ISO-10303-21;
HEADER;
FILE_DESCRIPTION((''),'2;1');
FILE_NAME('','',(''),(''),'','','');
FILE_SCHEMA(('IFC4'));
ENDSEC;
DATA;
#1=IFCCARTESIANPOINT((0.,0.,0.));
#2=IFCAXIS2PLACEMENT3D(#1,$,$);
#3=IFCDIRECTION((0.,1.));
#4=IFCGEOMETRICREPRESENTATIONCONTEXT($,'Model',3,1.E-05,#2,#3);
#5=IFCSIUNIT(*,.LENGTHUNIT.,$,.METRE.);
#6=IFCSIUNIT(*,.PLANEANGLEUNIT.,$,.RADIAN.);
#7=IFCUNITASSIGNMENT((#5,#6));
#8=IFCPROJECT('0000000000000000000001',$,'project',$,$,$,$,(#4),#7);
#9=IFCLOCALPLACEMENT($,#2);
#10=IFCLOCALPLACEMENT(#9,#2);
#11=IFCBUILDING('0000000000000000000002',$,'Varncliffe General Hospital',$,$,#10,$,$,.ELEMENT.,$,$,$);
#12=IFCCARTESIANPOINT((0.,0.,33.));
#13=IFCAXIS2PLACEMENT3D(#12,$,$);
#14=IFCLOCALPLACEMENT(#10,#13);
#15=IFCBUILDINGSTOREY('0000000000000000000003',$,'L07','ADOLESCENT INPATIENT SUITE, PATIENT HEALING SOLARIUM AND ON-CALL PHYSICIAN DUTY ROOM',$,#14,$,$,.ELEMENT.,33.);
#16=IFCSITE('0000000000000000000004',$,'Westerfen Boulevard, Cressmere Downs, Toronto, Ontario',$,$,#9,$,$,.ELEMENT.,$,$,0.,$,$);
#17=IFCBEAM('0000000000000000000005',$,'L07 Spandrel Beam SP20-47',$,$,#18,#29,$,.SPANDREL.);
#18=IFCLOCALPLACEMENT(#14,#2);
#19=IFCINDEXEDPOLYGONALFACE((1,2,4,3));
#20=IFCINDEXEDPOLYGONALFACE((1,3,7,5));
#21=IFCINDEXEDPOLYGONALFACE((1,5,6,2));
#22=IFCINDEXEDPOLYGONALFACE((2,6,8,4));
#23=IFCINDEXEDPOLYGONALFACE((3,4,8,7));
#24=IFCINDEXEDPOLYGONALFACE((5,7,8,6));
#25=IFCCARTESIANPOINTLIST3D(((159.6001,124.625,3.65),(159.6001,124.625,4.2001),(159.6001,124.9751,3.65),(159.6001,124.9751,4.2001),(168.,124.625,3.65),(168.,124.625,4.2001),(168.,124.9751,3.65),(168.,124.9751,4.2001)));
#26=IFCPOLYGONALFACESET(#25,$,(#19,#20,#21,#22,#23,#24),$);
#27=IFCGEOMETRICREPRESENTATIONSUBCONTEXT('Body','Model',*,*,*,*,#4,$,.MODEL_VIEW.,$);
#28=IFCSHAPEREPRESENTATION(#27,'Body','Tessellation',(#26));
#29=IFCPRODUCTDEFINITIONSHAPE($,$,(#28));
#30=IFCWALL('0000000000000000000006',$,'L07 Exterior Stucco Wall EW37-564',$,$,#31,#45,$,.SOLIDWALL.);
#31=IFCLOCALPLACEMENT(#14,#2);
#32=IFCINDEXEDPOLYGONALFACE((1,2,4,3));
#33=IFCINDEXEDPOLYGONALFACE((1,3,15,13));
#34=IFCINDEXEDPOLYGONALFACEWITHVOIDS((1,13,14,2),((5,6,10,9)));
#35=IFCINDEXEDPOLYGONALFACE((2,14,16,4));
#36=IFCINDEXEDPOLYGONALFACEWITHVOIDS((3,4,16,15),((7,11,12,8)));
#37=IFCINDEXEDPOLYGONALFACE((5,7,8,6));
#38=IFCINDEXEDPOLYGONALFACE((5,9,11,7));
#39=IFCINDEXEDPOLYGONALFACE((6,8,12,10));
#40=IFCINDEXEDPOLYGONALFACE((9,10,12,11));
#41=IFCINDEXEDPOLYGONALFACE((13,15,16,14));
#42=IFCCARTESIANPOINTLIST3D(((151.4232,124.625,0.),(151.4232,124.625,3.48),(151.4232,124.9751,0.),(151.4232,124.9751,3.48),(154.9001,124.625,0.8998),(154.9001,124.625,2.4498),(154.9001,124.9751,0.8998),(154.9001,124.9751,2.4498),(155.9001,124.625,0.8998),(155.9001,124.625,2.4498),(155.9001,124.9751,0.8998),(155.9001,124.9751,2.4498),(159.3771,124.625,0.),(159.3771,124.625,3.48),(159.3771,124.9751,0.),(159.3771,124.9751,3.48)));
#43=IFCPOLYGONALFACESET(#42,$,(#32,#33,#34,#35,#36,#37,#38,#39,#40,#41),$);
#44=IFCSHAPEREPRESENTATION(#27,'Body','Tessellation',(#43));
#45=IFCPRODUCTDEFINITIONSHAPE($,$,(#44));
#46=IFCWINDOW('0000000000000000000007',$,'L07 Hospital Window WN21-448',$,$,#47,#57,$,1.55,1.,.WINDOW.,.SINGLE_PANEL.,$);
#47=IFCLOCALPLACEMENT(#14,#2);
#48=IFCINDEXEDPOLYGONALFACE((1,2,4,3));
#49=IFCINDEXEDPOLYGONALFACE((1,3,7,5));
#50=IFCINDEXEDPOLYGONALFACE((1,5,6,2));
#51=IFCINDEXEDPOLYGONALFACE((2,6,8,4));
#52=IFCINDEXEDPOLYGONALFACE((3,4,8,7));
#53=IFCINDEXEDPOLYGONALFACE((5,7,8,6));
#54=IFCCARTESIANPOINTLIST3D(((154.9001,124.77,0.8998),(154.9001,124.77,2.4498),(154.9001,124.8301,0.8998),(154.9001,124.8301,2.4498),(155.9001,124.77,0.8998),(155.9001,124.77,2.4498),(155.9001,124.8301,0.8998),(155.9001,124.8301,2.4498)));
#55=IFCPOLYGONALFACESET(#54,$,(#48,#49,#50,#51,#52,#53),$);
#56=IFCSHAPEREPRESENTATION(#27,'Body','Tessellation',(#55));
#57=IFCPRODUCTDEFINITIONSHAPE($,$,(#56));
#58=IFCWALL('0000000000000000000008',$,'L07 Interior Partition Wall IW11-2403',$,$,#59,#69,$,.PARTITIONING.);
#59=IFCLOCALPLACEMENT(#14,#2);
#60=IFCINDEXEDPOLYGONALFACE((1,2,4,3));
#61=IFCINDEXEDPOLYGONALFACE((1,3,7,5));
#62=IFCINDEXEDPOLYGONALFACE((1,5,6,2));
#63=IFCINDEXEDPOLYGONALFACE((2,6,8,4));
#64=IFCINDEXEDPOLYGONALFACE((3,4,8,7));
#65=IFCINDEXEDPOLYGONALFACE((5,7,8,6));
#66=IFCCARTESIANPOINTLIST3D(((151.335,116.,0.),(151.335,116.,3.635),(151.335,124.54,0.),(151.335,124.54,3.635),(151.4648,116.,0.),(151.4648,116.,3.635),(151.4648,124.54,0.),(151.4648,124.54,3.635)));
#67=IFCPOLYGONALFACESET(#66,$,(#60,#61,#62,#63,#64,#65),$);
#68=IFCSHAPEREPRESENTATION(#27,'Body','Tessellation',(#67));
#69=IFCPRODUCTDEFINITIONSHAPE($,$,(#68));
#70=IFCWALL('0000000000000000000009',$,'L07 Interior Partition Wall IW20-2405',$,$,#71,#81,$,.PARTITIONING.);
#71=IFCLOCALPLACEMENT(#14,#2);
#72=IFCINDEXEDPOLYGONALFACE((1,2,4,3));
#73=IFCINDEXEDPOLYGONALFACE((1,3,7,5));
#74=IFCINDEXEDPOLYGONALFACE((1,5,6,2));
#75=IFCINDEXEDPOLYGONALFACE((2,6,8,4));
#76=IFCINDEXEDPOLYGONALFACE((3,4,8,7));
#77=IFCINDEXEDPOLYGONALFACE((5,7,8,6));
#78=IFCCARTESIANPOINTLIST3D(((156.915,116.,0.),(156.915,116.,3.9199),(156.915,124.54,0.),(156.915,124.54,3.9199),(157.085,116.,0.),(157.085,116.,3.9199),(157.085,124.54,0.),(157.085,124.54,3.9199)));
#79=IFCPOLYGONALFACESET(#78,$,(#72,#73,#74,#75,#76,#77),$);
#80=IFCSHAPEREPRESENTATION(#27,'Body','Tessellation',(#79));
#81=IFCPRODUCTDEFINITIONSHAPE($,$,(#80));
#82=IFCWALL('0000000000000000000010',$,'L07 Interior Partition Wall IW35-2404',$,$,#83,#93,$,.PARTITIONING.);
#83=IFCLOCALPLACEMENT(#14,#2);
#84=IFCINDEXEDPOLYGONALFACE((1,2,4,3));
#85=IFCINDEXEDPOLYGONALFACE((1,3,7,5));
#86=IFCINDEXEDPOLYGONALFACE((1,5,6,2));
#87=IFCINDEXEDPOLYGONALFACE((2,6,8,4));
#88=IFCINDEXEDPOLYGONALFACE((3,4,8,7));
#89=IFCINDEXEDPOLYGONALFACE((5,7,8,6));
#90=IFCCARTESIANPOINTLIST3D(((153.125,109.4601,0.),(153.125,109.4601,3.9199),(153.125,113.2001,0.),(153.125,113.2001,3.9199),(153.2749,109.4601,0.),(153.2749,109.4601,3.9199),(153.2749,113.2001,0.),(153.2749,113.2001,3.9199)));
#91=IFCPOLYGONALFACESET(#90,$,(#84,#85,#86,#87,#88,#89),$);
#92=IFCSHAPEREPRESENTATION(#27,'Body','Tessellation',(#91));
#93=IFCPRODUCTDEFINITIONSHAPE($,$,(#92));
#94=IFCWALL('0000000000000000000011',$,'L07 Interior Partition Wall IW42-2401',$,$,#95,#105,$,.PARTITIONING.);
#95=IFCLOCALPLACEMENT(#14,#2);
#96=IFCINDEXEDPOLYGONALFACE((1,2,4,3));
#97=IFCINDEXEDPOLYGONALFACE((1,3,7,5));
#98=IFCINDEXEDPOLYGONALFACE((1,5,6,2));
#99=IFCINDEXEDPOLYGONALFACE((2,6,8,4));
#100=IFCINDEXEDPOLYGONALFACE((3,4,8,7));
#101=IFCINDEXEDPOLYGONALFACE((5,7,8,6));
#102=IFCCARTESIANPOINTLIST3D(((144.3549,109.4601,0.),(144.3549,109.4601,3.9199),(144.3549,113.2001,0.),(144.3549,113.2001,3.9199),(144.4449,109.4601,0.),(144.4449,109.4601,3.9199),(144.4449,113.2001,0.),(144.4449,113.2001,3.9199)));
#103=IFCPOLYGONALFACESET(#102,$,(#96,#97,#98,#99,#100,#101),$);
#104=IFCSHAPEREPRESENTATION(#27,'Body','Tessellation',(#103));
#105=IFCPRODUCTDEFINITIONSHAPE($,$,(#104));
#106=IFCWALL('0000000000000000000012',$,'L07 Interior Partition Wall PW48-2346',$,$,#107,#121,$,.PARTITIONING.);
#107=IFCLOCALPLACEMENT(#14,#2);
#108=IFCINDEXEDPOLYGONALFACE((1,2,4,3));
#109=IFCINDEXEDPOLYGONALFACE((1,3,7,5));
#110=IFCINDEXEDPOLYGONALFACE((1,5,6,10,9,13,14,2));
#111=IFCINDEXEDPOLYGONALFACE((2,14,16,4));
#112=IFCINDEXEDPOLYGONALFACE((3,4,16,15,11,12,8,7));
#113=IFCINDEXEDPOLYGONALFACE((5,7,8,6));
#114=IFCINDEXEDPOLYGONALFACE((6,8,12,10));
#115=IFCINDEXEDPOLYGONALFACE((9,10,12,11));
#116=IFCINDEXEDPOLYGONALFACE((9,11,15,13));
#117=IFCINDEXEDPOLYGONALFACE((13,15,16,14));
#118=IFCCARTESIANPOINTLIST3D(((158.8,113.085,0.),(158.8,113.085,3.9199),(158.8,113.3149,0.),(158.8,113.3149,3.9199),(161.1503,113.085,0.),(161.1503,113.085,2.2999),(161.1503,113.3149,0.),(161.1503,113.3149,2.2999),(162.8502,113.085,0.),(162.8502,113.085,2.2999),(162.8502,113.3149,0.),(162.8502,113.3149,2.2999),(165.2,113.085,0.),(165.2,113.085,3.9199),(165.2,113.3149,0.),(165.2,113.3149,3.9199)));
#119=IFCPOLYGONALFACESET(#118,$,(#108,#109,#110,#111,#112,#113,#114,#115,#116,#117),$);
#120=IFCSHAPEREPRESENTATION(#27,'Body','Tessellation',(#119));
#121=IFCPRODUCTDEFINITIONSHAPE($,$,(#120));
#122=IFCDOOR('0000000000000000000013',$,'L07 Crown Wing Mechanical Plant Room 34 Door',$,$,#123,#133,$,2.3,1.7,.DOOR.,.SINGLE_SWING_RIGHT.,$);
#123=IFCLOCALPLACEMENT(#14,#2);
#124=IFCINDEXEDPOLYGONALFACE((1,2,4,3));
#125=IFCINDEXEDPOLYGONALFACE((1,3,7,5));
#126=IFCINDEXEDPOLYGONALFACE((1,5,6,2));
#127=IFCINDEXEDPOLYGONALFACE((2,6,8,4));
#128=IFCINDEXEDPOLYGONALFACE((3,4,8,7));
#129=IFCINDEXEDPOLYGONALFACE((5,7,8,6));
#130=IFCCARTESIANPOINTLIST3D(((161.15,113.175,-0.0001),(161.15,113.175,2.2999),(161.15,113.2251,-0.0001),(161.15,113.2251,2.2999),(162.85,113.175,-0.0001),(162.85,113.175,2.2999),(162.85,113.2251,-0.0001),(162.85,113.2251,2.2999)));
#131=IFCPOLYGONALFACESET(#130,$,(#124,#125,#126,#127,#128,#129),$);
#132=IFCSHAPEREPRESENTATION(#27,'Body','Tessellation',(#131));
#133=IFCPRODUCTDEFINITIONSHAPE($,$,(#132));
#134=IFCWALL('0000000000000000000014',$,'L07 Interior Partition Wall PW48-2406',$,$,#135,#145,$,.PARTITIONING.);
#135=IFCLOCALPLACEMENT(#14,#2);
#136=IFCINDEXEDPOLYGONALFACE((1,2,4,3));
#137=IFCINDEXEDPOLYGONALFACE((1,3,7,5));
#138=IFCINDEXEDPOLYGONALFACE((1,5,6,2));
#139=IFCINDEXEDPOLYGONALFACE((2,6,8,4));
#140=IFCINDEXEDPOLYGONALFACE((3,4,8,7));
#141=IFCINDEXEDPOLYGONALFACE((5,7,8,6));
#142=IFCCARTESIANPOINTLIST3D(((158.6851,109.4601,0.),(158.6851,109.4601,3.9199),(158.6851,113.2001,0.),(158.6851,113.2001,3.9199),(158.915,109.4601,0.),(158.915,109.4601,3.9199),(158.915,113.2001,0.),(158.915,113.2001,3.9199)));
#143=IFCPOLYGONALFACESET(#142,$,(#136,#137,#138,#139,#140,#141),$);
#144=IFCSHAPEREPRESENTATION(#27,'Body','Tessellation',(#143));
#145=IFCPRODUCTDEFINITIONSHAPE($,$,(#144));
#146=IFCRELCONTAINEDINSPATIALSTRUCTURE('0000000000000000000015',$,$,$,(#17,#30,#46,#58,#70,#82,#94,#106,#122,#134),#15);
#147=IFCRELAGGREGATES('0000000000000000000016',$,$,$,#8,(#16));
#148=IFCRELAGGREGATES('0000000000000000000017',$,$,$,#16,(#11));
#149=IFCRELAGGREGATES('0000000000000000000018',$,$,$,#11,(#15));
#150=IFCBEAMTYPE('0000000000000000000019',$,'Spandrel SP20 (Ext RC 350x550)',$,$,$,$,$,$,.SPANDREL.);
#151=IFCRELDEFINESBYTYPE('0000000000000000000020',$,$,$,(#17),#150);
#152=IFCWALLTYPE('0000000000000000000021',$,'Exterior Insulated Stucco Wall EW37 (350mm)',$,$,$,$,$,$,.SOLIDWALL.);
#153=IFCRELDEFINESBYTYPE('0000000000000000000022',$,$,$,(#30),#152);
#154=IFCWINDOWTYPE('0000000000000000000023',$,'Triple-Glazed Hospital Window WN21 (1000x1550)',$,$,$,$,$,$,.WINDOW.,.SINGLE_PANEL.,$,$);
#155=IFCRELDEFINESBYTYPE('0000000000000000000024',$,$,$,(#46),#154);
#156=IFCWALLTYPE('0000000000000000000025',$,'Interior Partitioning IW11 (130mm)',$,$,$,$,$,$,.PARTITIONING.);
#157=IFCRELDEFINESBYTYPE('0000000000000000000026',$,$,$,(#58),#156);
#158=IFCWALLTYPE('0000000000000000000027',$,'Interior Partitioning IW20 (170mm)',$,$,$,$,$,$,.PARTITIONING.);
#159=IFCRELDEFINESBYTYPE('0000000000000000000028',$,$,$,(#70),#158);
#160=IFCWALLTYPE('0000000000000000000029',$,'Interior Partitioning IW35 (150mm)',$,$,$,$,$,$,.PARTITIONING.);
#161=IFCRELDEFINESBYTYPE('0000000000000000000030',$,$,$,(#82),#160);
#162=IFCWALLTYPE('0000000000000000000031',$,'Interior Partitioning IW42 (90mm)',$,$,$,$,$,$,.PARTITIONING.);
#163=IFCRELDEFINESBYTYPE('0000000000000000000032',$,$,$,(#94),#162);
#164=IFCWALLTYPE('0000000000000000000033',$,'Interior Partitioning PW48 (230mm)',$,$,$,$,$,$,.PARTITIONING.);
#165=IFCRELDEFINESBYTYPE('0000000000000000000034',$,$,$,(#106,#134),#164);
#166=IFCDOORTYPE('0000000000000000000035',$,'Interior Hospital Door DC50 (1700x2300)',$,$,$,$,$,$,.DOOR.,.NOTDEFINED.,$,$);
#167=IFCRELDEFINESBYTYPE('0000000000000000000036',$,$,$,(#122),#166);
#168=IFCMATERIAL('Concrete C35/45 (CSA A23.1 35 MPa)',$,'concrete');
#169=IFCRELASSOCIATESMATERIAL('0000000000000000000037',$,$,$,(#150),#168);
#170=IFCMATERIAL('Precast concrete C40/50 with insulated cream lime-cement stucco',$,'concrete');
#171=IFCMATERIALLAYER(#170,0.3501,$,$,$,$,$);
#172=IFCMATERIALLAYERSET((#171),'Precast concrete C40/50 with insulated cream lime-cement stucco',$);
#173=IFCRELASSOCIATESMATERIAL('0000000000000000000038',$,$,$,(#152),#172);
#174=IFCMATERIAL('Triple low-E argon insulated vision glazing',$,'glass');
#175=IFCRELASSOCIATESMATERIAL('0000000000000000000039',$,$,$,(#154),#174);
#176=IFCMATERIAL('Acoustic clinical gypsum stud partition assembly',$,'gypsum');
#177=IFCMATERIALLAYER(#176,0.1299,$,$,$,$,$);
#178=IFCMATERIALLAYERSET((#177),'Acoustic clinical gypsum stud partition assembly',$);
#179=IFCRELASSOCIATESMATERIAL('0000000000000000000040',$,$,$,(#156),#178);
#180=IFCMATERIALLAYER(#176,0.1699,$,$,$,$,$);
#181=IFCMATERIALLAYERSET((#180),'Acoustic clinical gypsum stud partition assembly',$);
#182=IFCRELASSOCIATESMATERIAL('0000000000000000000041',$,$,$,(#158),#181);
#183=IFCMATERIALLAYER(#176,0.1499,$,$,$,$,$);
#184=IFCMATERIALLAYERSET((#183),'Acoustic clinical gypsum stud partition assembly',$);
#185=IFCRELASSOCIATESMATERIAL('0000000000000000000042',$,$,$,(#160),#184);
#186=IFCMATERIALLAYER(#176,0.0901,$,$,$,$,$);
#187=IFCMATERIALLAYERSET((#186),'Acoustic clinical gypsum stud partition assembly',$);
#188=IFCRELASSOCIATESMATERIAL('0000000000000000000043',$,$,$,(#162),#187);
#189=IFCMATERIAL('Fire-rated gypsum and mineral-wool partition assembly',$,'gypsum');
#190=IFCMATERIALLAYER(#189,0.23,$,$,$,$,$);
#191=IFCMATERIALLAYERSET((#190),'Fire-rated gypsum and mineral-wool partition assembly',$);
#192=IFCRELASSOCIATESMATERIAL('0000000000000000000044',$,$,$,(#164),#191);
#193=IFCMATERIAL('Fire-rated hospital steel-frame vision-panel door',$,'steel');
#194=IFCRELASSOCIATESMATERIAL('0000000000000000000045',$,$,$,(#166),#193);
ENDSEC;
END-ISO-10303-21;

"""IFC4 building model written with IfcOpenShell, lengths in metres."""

from ifc_helpers import new_model, si_unit, direction, frame, frame_2d, origin, origin_2d, place, context, subcontext, project, spatial, rectangle, extrude, material, layer, layer_set, material_profile, profile_set, type_object, element, fill, save


model = new_model("IFC4")

# Units and contexts
model_context = context("Model", 3, precision=1e-05, world=origin(), true_north=direction((0.0, 1.0)))
body_context = subcontext(model_context, "Body", "Model", "MODEL_VIEW")
ifc_project = project(units=[si_unit("LENGTHUNIT", "METRE"), si_unit("PLANEANGLEUNIT", "RADIAN")], contexts=[model_context])

# Site, building, storey
site_placement = place(None, origin())
site = spatial("IfcSite", under=ifc_project, at=site_placement, Name="Westerfen Boulevard, Cressmere Downs, Toronto, Ontario", CompositionType="ELEMENT", RefElevation=0.0)
building_placement = place(site_placement, origin())
building = spatial("IfcBuilding", under=site, at=building_placement, Name="Varncliffe General Hospital", CompositionType="ELEMENT")
storey_placement = place(building_placement, frame((0.0, 0.0, 33.0)))
storey = spatial("IfcBuildingStorey", under=building, at=storey_placement, Name="L07", Description="ADOLESCENT INPATIENT SUITE, PATIENT HEALING SOLARIUM AND ON-CALL PHYSICIAN DUTY ROOM", CompositionType="ELEMENT", Elevation=33.0)

# Beam
ifc_material_1 = material(Name="Concrete C35/45 (CSA A23.1 35 MPa)", Category="concrete")
ifc_material_profile_1 = material_profile(ifc_material_1, rectangle(XDim=0.3501, YDim=0.55, at=origin_2d()), Name="RC 350x550")
ifc_profile_set_1 = profile_set([ifc_material_profile_1], Name="Concrete C35/45 (CSA A23.1 35 MPa)")
beam_type_1 = type_object("IfcBeamType", Name="Spandrel SP20 (Ext RC 350x550)", PredefinedType="SPANDREL", material=ifc_profile_set_1)
beam_1_placement = place(storey_placement, frame((159.6001, 124.8, 3.925), z_axis=(1.0, 0.0, 0.0), x_axis=(0.0, 1.0, 0.0)))
element("IfcBeam", 1, at=beam_1_placement, inside=storey, type_object=beam_type_1, Name="L07 Spandrel Beam SP20-47", PredefinedType="SPANDREL", context=body_context, shape_type="SweptSolid", body=[
    extrude(rectangle(XDim=0.3501, YDim=0.55, at=origin_2d()), origin(), (0.0, 0.0, 1.0), 8.3999),
])

# Wall, opening, window
ifc_material_2 = material(Name="Precast concrete C40/50 with insulated cream lime-cement stucco", Category="concrete")
ifc_layer_1 = layer(ifc_material_2, 0.3501)
ifc_layer_set_1 = layer_set([ifc_layer_1], Name="Precast concrete C40/50 with insulated cream lime-cement stucco")
wall_type_1 = type_object("IfcWallType", Name="Exterior Insulated Stucco Wall EW37 (350mm)", PredefinedType="SOLIDWALL", material=ifc_layer_set_1)
wall_1_placement = place(storey_placement, frame((151.4231, 124.8, 0.0), z_axis=(0.0, 0.0, 1.0), x_axis=(1.0, 0.0, 0.0)))
wall_1 = element("IfcWall", 2, at=wall_1_placement, inside=storey, type_object=wall_type_1, Name="L07 Exterior Stucco Wall EW37-564", PredefinedType="SOLIDWALL", context=body_context, shape_type="SweptSolid", body=[
    extrude(rectangle(XDim=7.9539, YDim=0.3501, at=frame_2d((3.9771, 0.0))), origin(), (0.0, 0.0, 1.0), 3.48),
])
opening_1_placement = place(wall_1_placement, frame((3.4771, 0.0, 0.8999)))
opening_1 = element("IfcOpeningElement", 3, at=opening_1_placement, cuts=wall_1, PredefinedType="OPENING", context=body_context, shape_type="SweptSolid", body=[
    extrude(rectangle(XDim=1.0, YDim=1.55, at=frame_2d((0.5, 0.7749))), frame((0.0, 0.1851, 0.0), z_axis=(0.0, -1.0, 0.0), x_axis=(1.0, 0.0, 0.0)), (0.0, 0.0, 1.0), 0.3701),
])
ifc_material_3 = material(Name="Triple low-E argon insulated vision glazing", Category="glass")
window_type = type_object("IfcWindowType", Name="Triple-Glazed Hospital Window WN21 (1000x1550)", PartitioningType="SINGLE_PANEL", PredefinedType="WINDOW", material=ifc_material_3)
window_placement = place(opening_1_placement, origin())
window = element("IfcWindow", 4, at=window_placement, inside=storey, type_object=window_type, Name="L07 Hospital Window WN21-448", OverallHeight=1.55, OverallWidth=1.0, PartitioningType="SINGLE_PANEL", PredefinedType="WINDOW", context=body_context, shape_type="SweptSolid", body=[
    extrude(rectangle(XDim=1.0, YDim=1.55, at=frame_2d((0.5, 0.7749))), frame((0.0, 0.03, 0.0), z_axis=(0.0, -1.0, 0.0), x_axis=(1.0, 0.0, 0.0)), (0.0, 0.0, 1.0), 0.0601),
])
fill(opening_1, window)

# Walls
ifc_material_4 = material(Name="Acoustic clinical gypsum stud partition assembly", Category="gypsum")
ifc_layer_2 = layer(ifc_material_4, 0.1299)
ifc_layer_set_2 = layer_set([ifc_layer_2], Name="Acoustic clinical gypsum stud partition assembly")
wall_type_2 = type_object("IfcWallType", Name="Interior Partitioning IW11 (130mm)", PredefinedType="PARTITIONING", material=ifc_layer_set_2)
wall_2_placement = place(storey_placement, frame((151.3999, 116.0, 0.0), z_axis=(0.0, 0.0, 1.0), x_axis=(0.0, 1.0, 0.0)))
element("IfcWall", 5, at=wall_2_placement, inside=storey, type_object=wall_type_2, Name="L07 Interior Partition Wall IW11-2403", PredefinedType="PARTITIONING", context=body_context, shape_type="SweptSolid", body=[
    extrude(rectangle(XDim=8.54, YDim=0.1299, at=frame_2d((4.27, 0.0))), origin(), (0.0, 0.0, 1.0), 3.635),
])
ifc_layer_3 = layer(ifc_material_4, 0.1699)
ifc_layer_set_3 = layer_set([ifc_layer_3], Name="Acoustic clinical gypsum stud partition assembly")
wall_type_3 = type_object("IfcWallType", Name="Interior Partitioning IW20 (170mm)", PredefinedType="PARTITIONING", material=ifc_layer_set_3)
wall_3_placement = place(storey_placement, frame((157.0, 116.0, 0.0), z_axis=(0.0, 0.0, 1.0), x_axis=(0.0, 1.0, 0.0)))
element("IfcWall", 6, at=wall_3_placement, inside=storey, type_object=wall_type_3, Name="L07 Interior Partition Wall IW20-2405", PredefinedType="PARTITIONING", context=body_context, shape_type="SweptSolid", body=[
    extrude(rectangle(XDim=8.54, YDim=0.1699, at=frame_2d((4.27, 0.0))), origin(), (0.0, 0.0, 1.0), 3.9199),
])
ifc_layer_4 = layer(ifc_material_4, 0.1499)
ifc_layer_set_4 = layer_set([ifc_layer_4], Name="Acoustic clinical gypsum stud partition assembly")
wall_type_4 = type_object("IfcWallType", Name="Interior Partitioning IW35 (150mm)", PredefinedType="PARTITIONING", material=ifc_layer_set_4)
wall_4_placement = place(storey_placement, frame((153.2, 109.46, 0.0), z_axis=(0.0, 0.0, 1.0), x_axis=(0.0, 1.0, 0.0)))
element("IfcWall", 7, at=wall_4_placement, inside=storey, type_object=wall_type_4, Name="L07 Interior Partition Wall IW35-2404", PredefinedType="PARTITIONING", context=body_context, shape_type="SweptSolid", body=[
    extrude(rectangle(XDim=3.74, YDim=0.1499, at=frame_2d((1.8701, 0.0))), origin(), (0.0, 0.0, 1.0), 3.9199),
])
ifc_layer_5 = layer(ifc_material_4, 0.0901)
ifc_layer_set_5 = layer_set([ifc_layer_5], Name="Acoustic clinical gypsum stud partition assembly")
wall_type_5 = type_object("IfcWallType", Name="Interior Partitioning IW42 (90mm)", PredefinedType="PARTITIONING", material=ifc_layer_set_5)
wall_5_placement = place(storey_placement, frame((144.3999, 109.46, 0.0), z_axis=(0.0, 0.0, 1.0), x_axis=(0.0, 1.0, 0.0)))
element("IfcWall", 8, at=wall_5_placement, inside=storey, type_object=wall_type_5, Name="L07 Interior Partition Wall IW42-2401", PredefinedType="PARTITIONING", context=body_context, shape_type="SweptSolid", body=[
    extrude(rectangle(XDim=3.74, YDim=0.0901, at=frame_2d((1.8701, 0.0))), origin(), (0.0, 0.0, 1.0), 3.9199),
])

# Wall, opening, door
ifc_material_5 = material(Name="Fire-rated gypsum and mineral-wool partition assembly", Category="gypsum")
ifc_layer_6 = layer(ifc_material_5, 0.23)
ifc_layer_set_6 = layer_set([ifc_layer_6], Name="Fire-rated gypsum and mineral-wool partition assembly")
wall_type_6 = type_object("IfcWallType", Name="Interior Partitioning PW48 (230mm)", PredefinedType="PARTITIONING", material=ifc_layer_set_6)
wall_6_placement = place(storey_placement, frame((158.8, 113.2, 0.0), z_axis=(0.0, 0.0, 1.0), x_axis=(1.0, 0.0, 0.0)))
wall_6 = element("IfcWall", 9, at=wall_6_placement, inside=storey, type_object=wall_type_6, Name="L07 Interior Partition Wall PW48-2346", PredefinedType="PARTITIONING", context=body_context, shape_type="SweptSolid", body=[
    extrude(rectangle(XDim=6.3999, YDim=0.23, at=frame_2d((3.2, 0.0))), origin(), (0.0, 0.0, 1.0), 3.9199),
])
opening_2_placement = place(wall_6_placement, frame((2.3501, 0.0, 0.0)))
opening_2 = element("IfcOpeningElement", 10, at=opening_2_placement, cuts=wall_6, PredefinedType="OPENING", context=body_context, shape_type="SweptSolid", body=[
    extrude(rectangle(XDim=1.7, YDim=2.3, at=frame_2d((0.8501, 1.1499))), frame((0.0, 0.125, 0.0), z_axis=(0.0, -1.0, 0.0), x_axis=(1.0, 0.0, 0.0)), (0.0, 0.0, 1.0), 0.25),
])
ifc_material_6 = material(Name="Fire-rated hospital steel-frame vision-panel door", Category="steel")
door_type_1 = type_object("IfcDoorType", Name="Interior Hospital Door DC50 (1700x2300)", OperationType="NOTDEFINED", PredefinedType="DOOR", material=ifc_material_6)
door_1_placement = place(opening_2_placement, frame((1.7, 0.0, 0.0), z_axis=(0.0, 0.0, 1.0), x_axis=(-1.0, 0.0, 0.0)))
door_1 = element("IfcDoor", 11, at=door_1_placement, inside=storey, type_object=door_type_1, Name="L07 Crown Wing Mechanical Plant Room 34 Door", OperationType="SINGLE_SWING_RIGHT", OverallHeight=2.3, OverallWidth=1.7, PredefinedType="DOOR", context=body_context, shape_type="SweptSolid", body=[
    extrude(rectangle(XDim=1.7, YDim=2.3, at=frame_2d((0.8501, 1.1499))), frame((0.0, 0.0249, 0.0), z_axis=(0.0, -1.0, 0.0), x_axis=(1.0, 0.0, 0.0)), (0.0, 0.0, 1.0), 0.05),
])
fill(opening_2, door_1)

# Wall
wall_7_placement = place(storey_placement, frame((158.8, 109.46, 0.0), z_axis=(0.0, 0.0, 1.0), x_axis=(0.0, 1.0, 0.0)))
element("IfcWall", 12, at=wall_7_placement, inside=storey, type_object=wall_type_6, Name="L07 Interior Partition Wall PW48-2406", PredefinedType="PARTITIONING", context=body_context, shape_type="SweptSolid", body=[
    extrude(rectangle(XDim=3.74, YDim=0.23, at=frame_2d((1.8701, 0.0))), origin(), (0.0, 0.0, 1.0), 3.9199),
])

save(model, "model.ifc")
